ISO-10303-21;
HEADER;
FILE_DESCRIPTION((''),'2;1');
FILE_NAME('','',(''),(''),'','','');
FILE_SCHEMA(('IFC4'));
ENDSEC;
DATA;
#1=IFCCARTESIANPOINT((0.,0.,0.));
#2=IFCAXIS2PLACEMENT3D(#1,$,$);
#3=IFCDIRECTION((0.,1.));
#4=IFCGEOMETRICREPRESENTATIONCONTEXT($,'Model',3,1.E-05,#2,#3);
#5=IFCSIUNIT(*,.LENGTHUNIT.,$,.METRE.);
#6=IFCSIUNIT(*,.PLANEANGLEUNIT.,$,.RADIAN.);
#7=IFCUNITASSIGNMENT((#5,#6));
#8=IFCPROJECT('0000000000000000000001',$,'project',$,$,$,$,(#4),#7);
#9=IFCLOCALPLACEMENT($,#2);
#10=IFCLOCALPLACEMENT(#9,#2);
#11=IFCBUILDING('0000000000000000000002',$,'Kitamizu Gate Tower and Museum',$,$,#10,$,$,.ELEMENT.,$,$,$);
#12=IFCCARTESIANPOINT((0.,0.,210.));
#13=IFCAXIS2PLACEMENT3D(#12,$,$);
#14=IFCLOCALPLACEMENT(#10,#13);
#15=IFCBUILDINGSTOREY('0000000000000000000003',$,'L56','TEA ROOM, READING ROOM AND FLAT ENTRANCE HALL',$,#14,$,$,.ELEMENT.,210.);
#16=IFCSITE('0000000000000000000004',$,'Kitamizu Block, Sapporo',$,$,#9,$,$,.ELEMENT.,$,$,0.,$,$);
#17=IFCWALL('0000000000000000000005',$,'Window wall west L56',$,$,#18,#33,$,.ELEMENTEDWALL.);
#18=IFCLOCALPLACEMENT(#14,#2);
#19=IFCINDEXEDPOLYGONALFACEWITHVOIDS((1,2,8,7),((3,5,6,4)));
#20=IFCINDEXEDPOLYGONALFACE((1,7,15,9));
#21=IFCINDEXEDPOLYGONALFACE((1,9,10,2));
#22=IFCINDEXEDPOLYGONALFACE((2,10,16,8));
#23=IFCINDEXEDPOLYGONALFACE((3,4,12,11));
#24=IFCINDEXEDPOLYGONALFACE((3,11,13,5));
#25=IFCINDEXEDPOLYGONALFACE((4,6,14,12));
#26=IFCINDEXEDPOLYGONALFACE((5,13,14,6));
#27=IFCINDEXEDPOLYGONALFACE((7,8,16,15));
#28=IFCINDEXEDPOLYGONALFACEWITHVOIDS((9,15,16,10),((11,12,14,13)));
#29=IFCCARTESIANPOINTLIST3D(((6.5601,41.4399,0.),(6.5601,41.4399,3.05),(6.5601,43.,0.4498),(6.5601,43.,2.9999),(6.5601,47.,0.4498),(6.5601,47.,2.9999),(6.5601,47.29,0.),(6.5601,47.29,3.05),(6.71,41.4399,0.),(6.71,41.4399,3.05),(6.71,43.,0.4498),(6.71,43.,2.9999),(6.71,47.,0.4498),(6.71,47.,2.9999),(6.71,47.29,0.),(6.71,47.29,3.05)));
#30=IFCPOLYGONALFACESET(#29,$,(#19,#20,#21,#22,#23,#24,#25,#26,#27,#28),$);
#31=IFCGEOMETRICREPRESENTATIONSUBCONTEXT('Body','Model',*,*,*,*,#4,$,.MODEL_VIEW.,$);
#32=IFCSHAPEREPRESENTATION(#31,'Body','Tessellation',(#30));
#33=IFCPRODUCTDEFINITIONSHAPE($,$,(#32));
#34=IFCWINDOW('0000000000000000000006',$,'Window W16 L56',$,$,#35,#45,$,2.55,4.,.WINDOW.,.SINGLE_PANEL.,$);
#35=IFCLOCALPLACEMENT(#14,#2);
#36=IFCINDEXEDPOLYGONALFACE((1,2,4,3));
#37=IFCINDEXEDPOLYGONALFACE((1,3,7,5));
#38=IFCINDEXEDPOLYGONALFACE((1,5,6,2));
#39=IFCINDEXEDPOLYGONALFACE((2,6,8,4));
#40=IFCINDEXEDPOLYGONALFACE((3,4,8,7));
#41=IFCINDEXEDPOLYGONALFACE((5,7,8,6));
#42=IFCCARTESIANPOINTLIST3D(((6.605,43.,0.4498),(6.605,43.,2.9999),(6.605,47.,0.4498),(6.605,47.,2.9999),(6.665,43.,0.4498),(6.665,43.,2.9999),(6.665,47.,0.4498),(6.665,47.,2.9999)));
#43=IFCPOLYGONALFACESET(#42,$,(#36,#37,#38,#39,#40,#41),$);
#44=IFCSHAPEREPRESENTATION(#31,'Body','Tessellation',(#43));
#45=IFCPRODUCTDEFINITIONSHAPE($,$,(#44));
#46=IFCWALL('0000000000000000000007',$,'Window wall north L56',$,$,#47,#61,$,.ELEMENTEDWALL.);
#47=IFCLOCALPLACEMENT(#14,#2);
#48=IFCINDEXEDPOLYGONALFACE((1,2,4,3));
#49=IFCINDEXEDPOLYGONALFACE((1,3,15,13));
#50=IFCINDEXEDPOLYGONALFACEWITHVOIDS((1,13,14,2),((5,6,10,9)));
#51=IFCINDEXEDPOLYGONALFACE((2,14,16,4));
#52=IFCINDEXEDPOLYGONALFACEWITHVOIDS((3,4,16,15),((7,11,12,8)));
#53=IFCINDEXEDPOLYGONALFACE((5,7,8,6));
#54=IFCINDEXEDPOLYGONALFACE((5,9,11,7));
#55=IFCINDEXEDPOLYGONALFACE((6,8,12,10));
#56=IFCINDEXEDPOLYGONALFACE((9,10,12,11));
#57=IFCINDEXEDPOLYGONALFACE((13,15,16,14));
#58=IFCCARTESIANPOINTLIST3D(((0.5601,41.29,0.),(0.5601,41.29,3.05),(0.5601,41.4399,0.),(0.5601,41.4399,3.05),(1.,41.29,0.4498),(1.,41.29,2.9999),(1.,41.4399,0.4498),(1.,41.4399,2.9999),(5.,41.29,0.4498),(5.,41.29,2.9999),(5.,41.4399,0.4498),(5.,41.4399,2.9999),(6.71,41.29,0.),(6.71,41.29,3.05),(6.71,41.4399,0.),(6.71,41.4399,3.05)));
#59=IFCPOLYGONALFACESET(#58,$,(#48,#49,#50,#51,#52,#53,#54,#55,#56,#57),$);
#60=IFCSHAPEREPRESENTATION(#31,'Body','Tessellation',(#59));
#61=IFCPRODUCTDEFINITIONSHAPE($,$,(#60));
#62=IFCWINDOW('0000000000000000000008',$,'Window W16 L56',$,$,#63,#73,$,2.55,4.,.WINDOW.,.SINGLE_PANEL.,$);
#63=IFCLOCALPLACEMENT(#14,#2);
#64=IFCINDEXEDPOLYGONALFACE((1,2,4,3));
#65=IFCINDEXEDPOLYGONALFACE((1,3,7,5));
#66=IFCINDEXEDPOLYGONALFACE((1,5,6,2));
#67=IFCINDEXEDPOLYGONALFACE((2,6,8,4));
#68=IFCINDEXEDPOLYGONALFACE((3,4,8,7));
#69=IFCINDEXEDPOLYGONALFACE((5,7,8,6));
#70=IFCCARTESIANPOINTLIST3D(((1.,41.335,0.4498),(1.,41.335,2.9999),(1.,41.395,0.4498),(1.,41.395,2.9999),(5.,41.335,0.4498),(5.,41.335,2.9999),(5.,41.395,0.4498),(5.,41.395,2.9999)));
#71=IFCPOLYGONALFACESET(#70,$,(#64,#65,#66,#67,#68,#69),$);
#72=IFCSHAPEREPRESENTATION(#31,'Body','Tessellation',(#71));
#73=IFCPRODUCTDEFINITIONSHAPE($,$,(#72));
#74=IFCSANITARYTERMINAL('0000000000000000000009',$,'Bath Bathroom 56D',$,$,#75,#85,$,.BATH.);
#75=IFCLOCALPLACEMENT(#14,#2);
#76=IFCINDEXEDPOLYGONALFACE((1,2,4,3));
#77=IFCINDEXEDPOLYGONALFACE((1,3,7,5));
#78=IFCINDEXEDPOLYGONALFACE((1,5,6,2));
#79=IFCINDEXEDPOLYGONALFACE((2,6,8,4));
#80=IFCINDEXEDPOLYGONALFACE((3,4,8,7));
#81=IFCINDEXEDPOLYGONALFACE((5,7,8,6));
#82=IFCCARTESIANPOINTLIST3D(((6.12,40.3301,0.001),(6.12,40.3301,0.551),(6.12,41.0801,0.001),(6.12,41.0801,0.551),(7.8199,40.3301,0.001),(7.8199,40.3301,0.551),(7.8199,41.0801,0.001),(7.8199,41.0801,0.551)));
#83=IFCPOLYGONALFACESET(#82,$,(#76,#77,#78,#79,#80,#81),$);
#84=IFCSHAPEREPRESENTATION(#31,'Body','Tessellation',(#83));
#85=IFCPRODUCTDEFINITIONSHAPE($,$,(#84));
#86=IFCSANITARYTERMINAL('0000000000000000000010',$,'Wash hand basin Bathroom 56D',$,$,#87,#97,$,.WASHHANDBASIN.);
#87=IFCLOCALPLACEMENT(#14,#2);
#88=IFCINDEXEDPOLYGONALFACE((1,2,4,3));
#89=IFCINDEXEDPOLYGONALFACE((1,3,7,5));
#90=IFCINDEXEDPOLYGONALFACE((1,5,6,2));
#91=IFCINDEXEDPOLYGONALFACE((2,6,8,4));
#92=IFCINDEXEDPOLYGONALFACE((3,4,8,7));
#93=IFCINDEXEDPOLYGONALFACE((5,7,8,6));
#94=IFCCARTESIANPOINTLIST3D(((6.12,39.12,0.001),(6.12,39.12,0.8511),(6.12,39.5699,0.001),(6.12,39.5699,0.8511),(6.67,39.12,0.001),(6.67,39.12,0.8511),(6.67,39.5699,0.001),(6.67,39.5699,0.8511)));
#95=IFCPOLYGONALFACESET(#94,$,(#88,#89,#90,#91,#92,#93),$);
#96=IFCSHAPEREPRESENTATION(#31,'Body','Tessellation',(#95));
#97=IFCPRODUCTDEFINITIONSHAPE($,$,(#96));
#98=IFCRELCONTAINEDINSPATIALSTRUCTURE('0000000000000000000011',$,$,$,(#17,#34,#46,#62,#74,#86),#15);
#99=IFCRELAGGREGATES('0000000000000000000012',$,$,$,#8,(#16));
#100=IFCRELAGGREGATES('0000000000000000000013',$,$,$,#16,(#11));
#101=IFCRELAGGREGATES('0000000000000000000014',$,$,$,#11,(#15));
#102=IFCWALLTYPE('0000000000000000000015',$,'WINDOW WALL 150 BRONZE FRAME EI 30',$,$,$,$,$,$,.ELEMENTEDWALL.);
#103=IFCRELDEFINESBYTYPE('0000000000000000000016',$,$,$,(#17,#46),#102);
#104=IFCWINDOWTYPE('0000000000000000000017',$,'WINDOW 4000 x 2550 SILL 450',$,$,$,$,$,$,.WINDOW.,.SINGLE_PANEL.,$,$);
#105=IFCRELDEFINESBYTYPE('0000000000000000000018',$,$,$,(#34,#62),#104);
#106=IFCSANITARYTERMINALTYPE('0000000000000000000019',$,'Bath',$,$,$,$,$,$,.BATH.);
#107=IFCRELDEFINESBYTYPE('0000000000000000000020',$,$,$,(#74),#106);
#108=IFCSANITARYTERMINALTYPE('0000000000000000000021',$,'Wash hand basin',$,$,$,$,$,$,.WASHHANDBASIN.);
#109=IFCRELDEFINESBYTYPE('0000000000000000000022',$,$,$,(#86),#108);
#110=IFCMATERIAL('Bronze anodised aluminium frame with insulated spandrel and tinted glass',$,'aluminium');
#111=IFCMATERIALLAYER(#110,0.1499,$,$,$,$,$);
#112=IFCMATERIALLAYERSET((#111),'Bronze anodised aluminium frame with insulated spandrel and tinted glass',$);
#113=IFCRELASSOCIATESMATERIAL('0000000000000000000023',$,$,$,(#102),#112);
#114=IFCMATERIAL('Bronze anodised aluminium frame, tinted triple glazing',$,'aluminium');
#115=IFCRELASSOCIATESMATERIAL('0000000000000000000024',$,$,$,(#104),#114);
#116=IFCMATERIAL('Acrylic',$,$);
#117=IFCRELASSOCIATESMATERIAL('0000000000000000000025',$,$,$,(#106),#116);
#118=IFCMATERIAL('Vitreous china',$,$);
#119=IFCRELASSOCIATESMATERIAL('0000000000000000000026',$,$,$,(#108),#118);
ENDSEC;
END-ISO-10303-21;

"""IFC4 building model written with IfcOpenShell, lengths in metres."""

from ifc_helpers import new_model, si_unit, direction, frame, frame_2d, origin, origin_2d, place, context, subcontext, project, spatial, rectangle, extrude, material, layer, layer_set, type_object, element, fill, save


model = new_model("IFC4")

# Units and contexts
model_context = context("Model", 3, precision=1e-05, world=origin(), true_north=direction((0.0, 1.0)))
body_context = subcontext(model_context, "Body", "Model", "MODEL_VIEW")
ifc_project = project(units=[si_unit("LENGTHUNIT", "METRE"), si_unit("PLANEANGLEUNIT", "RADIAN")], contexts=[model_context])

# Site, building, storey
site_placement = place(None, origin())
site = spatial("IfcSite", under=ifc_project, at=site_placement, Name="Kitamizu Block, Sapporo", CompositionType="ELEMENT", RefElevation=0.0)
building_placement = place(site_placement, origin())
building = spatial("IfcBuilding", under=site, at=building_placement, Name="Kitamizu Gate Tower and Museum", CompositionType="ELEMENT")
storey_placement = place(building_placement, frame((0.0, 0.0, 210.0)))
storey = spatial("IfcBuildingStorey", under=building, at=storey_placement, Name="L56", Description="TEA ROOM, READING ROOM AND FLAT ENTRANCE HALL", CompositionType="ELEMENT", Elevation=210.0)

# Shared definitions
ifc_material_1 = material(Name="Bronze anodised aluminium frame with insulated spandrel and tinted glass", Category="aluminium")
ifc_layer_1 = layer(ifc_material_1, 0.1499)
ifc_layer_set_1 = layer_set([ifc_layer_1], Name="Bronze anodised aluminium frame with insulated spandrel and tinted glass")
wall_type_1 = type_object("IfcWallType", Name="WINDOW WALL 150 BRONZE FRAME EI 30", PredefinedType="ELEMENTEDWALL", material=ifc_layer_set_1)

# Walls, openings, windows
wall_1_placement = place(storey_placement, frame((6.635, 41.4399, 0.0), z_axis=(0.0, 0.0, 1.0), x_axis=(0.0, 1.0, 0.0)))
wall_1 = element("IfcWall", 1, at=wall_1_placement, inside=storey, type_object=wall_type_1, Name="Window wall west L56", PredefinedType="ELEMENTEDWALL", context=body_context, shape_type="SweptSolid", body=[
    extrude(rectangle(XDim=5.8501, YDim=0.1499, at=frame_2d((2.925, 0.0))), origin(), (0.0, 0.0, 1.0), 3.05),
])
opening_1_placement = place(wall_1_placement, frame((1.5601, 0.0, 0.45)))
opening_1 = element("IfcOpeningElement", 2, at=opening_1_placement, cuts=wall_1, PredefinedType="OPENING", context=body_context, shape_type="SweptSolid", body=[
    extrude(rectangle(XDim=4.0, YDim=2.55, at=frame_2d((2.0, 1.2749))), frame((0.0, 0.085, 0.0), z_axis=(0.0, -1.0, 0.0), x_axis=(1.0, 0.0, 0.0)), (0.0, 0.0, 1.0), 0.1699),
])
ifc_material_2 = material(Name="Bronze anodised aluminium frame, tinted triple glazing", Category="aluminium")
window_type_1 = type_object("IfcWindowType", Name="WINDOW 4000 x 2550 SILL 450", PartitioningType="SINGLE_PANEL", PredefinedType="WINDOW", material=ifc_material_2)
window_1_placement = place(opening_1_placement, origin())
window_1 = element("IfcWindow", 3, at=window_1_placement, inside=storey, type_object=window_type_1, Name="Window W16 L56", OverallHeight=2.55, OverallWidth=4.0, PartitioningType="SINGLE_PANEL", PredefinedType="WINDOW", context=body_context, shape_type="SweptSolid", body=[
    extrude(rectangle(XDim=4.0, YDim=2.55, at=frame_2d((2.0, 1.2749))), frame((0.0, 0.03, 0.0), z_axis=(0.0, -1.0, 0.0), x_axis=(1.0, 0.0, 0.0)), (0.0, 0.0, 1.0), 0.0601),
])
fill(opening_1, window_1)
wall_2_placement = place(storey_placement, frame((0.5601, 41.365, 0.0), z_axis=(0.0, 0.0, 1.0), x_axis=(1.0, 0.0, 0.0)))
wall_2 = element("IfcWall", 4, at=wall_2_placement, inside=storey, type_object=wall_type_1, Name="Window wall north L56", PredefinedType="ELEMENTEDWALL", context=body_context, shape_type="SweptSolid", body=[
    extrude(rectangle(XDim=6.1499, YDim=0.1499, at=frame_2d((3.075, 0.0))), origin(), (0.0, 0.0, 1.0), 3.05),
])
opening_2_placement = place(wall_2_placement, frame((0.4399, 0.0, 0.45)))
opening_2 = element("IfcOpeningElement", 5, at=opening_2_placement, cuts=wall_2, PredefinedType="OPENING", context=body_context, shape_type="SweptSolid", body=[
    extrude(rectangle(XDim=4.0, YDim=2.55, at=frame_2d((2.0, 1.2749))), frame((0.0, 0.085, 0.0), z_axis=(0.0, -1.0, 0.0), x_axis=(1.0, 0.0, 0.0)), (0.0, 0.0, 1.0), 0.1699),
])
window_2_placement = place(opening_2_placement, origin())
window_2 = element("IfcWindow", 6, at=window_2_placement, inside=storey, type_object=window_type_1, Name="Window W16 L56", OverallHeight=2.55, OverallWidth=4.0, PartitioningType="SINGLE_PANEL", PredefinedType="WINDOW", context=body_context, shape_type="SweptSolid", body=[
    extrude(rectangle(XDim=4.0, YDim=2.55, at=frame_2d((2.0, 1.2749))), frame((0.0, 0.03, 0.0), z_axis=(0.0, -1.0, 0.0), x_axis=(1.0, 0.0, 0.0)), (0.0, 0.0, 1.0), 0.0601),
])
fill(opening_2, window_2)

# Sanitary terminals
ifc_material_3 = material(Name="Acrylic")
sanitary_terminal_type_1 = type_object("IfcSanitaryTerminalType", Name="Bath", PredefinedType="BATH", material=ifc_material_3)
sanitary_terminal_1_placement = place(storey_placement, frame((6.97, 40.7051, 0.001), z_axis=(0.0, 0.0, 1.0), x_axis=(1.0, 0.0, 0.0)))
element("IfcSanitaryTerminal", 7, at=sanitary_terminal_1_placement, inside=storey, type_object=sanitary_terminal_type_1, Name="Bath Bathroom 56D", PredefinedType="BATH", context=body_context, shape_type="SweptSolid", body=[
    extrude(rectangle(XDim=1.7, YDim=0.75, at=origin_2d()), origin(), (0.0, 0.0, 1.0), 0.55),
])
ifc_material_4 = material(Name="Vitreous china")
sanitary_terminal_type_2 = type_object("IfcSanitaryTerminalType", Name="Wash hand basin", PredefinedType="WASHHANDBASIN", material=ifc_material_4)
sanitary_terminal_2_placement = place(storey_placement, frame((6.395, 39.345, 0.001), z_axis=(0.0, 0.0, 1.0), x_axis=(1.0, 0.0, 0.0)))
element("IfcSanitaryTerminal", 8, at=sanitary_terminal_2_placement, inside=storey, type_object=sanitary_terminal_type_2, Name="Wash hand basin Bathroom 56D", PredefinedType="WASHHANDBASIN", context=body_context, shape_type="SweptSolid", body=[
    extrude(rectangle(XDim=0.55, YDim=0.45, at=origin_2d()), origin(), (0.0, 0.0, 1.0), 0.8501),
])

save(model, "model.ifc")
